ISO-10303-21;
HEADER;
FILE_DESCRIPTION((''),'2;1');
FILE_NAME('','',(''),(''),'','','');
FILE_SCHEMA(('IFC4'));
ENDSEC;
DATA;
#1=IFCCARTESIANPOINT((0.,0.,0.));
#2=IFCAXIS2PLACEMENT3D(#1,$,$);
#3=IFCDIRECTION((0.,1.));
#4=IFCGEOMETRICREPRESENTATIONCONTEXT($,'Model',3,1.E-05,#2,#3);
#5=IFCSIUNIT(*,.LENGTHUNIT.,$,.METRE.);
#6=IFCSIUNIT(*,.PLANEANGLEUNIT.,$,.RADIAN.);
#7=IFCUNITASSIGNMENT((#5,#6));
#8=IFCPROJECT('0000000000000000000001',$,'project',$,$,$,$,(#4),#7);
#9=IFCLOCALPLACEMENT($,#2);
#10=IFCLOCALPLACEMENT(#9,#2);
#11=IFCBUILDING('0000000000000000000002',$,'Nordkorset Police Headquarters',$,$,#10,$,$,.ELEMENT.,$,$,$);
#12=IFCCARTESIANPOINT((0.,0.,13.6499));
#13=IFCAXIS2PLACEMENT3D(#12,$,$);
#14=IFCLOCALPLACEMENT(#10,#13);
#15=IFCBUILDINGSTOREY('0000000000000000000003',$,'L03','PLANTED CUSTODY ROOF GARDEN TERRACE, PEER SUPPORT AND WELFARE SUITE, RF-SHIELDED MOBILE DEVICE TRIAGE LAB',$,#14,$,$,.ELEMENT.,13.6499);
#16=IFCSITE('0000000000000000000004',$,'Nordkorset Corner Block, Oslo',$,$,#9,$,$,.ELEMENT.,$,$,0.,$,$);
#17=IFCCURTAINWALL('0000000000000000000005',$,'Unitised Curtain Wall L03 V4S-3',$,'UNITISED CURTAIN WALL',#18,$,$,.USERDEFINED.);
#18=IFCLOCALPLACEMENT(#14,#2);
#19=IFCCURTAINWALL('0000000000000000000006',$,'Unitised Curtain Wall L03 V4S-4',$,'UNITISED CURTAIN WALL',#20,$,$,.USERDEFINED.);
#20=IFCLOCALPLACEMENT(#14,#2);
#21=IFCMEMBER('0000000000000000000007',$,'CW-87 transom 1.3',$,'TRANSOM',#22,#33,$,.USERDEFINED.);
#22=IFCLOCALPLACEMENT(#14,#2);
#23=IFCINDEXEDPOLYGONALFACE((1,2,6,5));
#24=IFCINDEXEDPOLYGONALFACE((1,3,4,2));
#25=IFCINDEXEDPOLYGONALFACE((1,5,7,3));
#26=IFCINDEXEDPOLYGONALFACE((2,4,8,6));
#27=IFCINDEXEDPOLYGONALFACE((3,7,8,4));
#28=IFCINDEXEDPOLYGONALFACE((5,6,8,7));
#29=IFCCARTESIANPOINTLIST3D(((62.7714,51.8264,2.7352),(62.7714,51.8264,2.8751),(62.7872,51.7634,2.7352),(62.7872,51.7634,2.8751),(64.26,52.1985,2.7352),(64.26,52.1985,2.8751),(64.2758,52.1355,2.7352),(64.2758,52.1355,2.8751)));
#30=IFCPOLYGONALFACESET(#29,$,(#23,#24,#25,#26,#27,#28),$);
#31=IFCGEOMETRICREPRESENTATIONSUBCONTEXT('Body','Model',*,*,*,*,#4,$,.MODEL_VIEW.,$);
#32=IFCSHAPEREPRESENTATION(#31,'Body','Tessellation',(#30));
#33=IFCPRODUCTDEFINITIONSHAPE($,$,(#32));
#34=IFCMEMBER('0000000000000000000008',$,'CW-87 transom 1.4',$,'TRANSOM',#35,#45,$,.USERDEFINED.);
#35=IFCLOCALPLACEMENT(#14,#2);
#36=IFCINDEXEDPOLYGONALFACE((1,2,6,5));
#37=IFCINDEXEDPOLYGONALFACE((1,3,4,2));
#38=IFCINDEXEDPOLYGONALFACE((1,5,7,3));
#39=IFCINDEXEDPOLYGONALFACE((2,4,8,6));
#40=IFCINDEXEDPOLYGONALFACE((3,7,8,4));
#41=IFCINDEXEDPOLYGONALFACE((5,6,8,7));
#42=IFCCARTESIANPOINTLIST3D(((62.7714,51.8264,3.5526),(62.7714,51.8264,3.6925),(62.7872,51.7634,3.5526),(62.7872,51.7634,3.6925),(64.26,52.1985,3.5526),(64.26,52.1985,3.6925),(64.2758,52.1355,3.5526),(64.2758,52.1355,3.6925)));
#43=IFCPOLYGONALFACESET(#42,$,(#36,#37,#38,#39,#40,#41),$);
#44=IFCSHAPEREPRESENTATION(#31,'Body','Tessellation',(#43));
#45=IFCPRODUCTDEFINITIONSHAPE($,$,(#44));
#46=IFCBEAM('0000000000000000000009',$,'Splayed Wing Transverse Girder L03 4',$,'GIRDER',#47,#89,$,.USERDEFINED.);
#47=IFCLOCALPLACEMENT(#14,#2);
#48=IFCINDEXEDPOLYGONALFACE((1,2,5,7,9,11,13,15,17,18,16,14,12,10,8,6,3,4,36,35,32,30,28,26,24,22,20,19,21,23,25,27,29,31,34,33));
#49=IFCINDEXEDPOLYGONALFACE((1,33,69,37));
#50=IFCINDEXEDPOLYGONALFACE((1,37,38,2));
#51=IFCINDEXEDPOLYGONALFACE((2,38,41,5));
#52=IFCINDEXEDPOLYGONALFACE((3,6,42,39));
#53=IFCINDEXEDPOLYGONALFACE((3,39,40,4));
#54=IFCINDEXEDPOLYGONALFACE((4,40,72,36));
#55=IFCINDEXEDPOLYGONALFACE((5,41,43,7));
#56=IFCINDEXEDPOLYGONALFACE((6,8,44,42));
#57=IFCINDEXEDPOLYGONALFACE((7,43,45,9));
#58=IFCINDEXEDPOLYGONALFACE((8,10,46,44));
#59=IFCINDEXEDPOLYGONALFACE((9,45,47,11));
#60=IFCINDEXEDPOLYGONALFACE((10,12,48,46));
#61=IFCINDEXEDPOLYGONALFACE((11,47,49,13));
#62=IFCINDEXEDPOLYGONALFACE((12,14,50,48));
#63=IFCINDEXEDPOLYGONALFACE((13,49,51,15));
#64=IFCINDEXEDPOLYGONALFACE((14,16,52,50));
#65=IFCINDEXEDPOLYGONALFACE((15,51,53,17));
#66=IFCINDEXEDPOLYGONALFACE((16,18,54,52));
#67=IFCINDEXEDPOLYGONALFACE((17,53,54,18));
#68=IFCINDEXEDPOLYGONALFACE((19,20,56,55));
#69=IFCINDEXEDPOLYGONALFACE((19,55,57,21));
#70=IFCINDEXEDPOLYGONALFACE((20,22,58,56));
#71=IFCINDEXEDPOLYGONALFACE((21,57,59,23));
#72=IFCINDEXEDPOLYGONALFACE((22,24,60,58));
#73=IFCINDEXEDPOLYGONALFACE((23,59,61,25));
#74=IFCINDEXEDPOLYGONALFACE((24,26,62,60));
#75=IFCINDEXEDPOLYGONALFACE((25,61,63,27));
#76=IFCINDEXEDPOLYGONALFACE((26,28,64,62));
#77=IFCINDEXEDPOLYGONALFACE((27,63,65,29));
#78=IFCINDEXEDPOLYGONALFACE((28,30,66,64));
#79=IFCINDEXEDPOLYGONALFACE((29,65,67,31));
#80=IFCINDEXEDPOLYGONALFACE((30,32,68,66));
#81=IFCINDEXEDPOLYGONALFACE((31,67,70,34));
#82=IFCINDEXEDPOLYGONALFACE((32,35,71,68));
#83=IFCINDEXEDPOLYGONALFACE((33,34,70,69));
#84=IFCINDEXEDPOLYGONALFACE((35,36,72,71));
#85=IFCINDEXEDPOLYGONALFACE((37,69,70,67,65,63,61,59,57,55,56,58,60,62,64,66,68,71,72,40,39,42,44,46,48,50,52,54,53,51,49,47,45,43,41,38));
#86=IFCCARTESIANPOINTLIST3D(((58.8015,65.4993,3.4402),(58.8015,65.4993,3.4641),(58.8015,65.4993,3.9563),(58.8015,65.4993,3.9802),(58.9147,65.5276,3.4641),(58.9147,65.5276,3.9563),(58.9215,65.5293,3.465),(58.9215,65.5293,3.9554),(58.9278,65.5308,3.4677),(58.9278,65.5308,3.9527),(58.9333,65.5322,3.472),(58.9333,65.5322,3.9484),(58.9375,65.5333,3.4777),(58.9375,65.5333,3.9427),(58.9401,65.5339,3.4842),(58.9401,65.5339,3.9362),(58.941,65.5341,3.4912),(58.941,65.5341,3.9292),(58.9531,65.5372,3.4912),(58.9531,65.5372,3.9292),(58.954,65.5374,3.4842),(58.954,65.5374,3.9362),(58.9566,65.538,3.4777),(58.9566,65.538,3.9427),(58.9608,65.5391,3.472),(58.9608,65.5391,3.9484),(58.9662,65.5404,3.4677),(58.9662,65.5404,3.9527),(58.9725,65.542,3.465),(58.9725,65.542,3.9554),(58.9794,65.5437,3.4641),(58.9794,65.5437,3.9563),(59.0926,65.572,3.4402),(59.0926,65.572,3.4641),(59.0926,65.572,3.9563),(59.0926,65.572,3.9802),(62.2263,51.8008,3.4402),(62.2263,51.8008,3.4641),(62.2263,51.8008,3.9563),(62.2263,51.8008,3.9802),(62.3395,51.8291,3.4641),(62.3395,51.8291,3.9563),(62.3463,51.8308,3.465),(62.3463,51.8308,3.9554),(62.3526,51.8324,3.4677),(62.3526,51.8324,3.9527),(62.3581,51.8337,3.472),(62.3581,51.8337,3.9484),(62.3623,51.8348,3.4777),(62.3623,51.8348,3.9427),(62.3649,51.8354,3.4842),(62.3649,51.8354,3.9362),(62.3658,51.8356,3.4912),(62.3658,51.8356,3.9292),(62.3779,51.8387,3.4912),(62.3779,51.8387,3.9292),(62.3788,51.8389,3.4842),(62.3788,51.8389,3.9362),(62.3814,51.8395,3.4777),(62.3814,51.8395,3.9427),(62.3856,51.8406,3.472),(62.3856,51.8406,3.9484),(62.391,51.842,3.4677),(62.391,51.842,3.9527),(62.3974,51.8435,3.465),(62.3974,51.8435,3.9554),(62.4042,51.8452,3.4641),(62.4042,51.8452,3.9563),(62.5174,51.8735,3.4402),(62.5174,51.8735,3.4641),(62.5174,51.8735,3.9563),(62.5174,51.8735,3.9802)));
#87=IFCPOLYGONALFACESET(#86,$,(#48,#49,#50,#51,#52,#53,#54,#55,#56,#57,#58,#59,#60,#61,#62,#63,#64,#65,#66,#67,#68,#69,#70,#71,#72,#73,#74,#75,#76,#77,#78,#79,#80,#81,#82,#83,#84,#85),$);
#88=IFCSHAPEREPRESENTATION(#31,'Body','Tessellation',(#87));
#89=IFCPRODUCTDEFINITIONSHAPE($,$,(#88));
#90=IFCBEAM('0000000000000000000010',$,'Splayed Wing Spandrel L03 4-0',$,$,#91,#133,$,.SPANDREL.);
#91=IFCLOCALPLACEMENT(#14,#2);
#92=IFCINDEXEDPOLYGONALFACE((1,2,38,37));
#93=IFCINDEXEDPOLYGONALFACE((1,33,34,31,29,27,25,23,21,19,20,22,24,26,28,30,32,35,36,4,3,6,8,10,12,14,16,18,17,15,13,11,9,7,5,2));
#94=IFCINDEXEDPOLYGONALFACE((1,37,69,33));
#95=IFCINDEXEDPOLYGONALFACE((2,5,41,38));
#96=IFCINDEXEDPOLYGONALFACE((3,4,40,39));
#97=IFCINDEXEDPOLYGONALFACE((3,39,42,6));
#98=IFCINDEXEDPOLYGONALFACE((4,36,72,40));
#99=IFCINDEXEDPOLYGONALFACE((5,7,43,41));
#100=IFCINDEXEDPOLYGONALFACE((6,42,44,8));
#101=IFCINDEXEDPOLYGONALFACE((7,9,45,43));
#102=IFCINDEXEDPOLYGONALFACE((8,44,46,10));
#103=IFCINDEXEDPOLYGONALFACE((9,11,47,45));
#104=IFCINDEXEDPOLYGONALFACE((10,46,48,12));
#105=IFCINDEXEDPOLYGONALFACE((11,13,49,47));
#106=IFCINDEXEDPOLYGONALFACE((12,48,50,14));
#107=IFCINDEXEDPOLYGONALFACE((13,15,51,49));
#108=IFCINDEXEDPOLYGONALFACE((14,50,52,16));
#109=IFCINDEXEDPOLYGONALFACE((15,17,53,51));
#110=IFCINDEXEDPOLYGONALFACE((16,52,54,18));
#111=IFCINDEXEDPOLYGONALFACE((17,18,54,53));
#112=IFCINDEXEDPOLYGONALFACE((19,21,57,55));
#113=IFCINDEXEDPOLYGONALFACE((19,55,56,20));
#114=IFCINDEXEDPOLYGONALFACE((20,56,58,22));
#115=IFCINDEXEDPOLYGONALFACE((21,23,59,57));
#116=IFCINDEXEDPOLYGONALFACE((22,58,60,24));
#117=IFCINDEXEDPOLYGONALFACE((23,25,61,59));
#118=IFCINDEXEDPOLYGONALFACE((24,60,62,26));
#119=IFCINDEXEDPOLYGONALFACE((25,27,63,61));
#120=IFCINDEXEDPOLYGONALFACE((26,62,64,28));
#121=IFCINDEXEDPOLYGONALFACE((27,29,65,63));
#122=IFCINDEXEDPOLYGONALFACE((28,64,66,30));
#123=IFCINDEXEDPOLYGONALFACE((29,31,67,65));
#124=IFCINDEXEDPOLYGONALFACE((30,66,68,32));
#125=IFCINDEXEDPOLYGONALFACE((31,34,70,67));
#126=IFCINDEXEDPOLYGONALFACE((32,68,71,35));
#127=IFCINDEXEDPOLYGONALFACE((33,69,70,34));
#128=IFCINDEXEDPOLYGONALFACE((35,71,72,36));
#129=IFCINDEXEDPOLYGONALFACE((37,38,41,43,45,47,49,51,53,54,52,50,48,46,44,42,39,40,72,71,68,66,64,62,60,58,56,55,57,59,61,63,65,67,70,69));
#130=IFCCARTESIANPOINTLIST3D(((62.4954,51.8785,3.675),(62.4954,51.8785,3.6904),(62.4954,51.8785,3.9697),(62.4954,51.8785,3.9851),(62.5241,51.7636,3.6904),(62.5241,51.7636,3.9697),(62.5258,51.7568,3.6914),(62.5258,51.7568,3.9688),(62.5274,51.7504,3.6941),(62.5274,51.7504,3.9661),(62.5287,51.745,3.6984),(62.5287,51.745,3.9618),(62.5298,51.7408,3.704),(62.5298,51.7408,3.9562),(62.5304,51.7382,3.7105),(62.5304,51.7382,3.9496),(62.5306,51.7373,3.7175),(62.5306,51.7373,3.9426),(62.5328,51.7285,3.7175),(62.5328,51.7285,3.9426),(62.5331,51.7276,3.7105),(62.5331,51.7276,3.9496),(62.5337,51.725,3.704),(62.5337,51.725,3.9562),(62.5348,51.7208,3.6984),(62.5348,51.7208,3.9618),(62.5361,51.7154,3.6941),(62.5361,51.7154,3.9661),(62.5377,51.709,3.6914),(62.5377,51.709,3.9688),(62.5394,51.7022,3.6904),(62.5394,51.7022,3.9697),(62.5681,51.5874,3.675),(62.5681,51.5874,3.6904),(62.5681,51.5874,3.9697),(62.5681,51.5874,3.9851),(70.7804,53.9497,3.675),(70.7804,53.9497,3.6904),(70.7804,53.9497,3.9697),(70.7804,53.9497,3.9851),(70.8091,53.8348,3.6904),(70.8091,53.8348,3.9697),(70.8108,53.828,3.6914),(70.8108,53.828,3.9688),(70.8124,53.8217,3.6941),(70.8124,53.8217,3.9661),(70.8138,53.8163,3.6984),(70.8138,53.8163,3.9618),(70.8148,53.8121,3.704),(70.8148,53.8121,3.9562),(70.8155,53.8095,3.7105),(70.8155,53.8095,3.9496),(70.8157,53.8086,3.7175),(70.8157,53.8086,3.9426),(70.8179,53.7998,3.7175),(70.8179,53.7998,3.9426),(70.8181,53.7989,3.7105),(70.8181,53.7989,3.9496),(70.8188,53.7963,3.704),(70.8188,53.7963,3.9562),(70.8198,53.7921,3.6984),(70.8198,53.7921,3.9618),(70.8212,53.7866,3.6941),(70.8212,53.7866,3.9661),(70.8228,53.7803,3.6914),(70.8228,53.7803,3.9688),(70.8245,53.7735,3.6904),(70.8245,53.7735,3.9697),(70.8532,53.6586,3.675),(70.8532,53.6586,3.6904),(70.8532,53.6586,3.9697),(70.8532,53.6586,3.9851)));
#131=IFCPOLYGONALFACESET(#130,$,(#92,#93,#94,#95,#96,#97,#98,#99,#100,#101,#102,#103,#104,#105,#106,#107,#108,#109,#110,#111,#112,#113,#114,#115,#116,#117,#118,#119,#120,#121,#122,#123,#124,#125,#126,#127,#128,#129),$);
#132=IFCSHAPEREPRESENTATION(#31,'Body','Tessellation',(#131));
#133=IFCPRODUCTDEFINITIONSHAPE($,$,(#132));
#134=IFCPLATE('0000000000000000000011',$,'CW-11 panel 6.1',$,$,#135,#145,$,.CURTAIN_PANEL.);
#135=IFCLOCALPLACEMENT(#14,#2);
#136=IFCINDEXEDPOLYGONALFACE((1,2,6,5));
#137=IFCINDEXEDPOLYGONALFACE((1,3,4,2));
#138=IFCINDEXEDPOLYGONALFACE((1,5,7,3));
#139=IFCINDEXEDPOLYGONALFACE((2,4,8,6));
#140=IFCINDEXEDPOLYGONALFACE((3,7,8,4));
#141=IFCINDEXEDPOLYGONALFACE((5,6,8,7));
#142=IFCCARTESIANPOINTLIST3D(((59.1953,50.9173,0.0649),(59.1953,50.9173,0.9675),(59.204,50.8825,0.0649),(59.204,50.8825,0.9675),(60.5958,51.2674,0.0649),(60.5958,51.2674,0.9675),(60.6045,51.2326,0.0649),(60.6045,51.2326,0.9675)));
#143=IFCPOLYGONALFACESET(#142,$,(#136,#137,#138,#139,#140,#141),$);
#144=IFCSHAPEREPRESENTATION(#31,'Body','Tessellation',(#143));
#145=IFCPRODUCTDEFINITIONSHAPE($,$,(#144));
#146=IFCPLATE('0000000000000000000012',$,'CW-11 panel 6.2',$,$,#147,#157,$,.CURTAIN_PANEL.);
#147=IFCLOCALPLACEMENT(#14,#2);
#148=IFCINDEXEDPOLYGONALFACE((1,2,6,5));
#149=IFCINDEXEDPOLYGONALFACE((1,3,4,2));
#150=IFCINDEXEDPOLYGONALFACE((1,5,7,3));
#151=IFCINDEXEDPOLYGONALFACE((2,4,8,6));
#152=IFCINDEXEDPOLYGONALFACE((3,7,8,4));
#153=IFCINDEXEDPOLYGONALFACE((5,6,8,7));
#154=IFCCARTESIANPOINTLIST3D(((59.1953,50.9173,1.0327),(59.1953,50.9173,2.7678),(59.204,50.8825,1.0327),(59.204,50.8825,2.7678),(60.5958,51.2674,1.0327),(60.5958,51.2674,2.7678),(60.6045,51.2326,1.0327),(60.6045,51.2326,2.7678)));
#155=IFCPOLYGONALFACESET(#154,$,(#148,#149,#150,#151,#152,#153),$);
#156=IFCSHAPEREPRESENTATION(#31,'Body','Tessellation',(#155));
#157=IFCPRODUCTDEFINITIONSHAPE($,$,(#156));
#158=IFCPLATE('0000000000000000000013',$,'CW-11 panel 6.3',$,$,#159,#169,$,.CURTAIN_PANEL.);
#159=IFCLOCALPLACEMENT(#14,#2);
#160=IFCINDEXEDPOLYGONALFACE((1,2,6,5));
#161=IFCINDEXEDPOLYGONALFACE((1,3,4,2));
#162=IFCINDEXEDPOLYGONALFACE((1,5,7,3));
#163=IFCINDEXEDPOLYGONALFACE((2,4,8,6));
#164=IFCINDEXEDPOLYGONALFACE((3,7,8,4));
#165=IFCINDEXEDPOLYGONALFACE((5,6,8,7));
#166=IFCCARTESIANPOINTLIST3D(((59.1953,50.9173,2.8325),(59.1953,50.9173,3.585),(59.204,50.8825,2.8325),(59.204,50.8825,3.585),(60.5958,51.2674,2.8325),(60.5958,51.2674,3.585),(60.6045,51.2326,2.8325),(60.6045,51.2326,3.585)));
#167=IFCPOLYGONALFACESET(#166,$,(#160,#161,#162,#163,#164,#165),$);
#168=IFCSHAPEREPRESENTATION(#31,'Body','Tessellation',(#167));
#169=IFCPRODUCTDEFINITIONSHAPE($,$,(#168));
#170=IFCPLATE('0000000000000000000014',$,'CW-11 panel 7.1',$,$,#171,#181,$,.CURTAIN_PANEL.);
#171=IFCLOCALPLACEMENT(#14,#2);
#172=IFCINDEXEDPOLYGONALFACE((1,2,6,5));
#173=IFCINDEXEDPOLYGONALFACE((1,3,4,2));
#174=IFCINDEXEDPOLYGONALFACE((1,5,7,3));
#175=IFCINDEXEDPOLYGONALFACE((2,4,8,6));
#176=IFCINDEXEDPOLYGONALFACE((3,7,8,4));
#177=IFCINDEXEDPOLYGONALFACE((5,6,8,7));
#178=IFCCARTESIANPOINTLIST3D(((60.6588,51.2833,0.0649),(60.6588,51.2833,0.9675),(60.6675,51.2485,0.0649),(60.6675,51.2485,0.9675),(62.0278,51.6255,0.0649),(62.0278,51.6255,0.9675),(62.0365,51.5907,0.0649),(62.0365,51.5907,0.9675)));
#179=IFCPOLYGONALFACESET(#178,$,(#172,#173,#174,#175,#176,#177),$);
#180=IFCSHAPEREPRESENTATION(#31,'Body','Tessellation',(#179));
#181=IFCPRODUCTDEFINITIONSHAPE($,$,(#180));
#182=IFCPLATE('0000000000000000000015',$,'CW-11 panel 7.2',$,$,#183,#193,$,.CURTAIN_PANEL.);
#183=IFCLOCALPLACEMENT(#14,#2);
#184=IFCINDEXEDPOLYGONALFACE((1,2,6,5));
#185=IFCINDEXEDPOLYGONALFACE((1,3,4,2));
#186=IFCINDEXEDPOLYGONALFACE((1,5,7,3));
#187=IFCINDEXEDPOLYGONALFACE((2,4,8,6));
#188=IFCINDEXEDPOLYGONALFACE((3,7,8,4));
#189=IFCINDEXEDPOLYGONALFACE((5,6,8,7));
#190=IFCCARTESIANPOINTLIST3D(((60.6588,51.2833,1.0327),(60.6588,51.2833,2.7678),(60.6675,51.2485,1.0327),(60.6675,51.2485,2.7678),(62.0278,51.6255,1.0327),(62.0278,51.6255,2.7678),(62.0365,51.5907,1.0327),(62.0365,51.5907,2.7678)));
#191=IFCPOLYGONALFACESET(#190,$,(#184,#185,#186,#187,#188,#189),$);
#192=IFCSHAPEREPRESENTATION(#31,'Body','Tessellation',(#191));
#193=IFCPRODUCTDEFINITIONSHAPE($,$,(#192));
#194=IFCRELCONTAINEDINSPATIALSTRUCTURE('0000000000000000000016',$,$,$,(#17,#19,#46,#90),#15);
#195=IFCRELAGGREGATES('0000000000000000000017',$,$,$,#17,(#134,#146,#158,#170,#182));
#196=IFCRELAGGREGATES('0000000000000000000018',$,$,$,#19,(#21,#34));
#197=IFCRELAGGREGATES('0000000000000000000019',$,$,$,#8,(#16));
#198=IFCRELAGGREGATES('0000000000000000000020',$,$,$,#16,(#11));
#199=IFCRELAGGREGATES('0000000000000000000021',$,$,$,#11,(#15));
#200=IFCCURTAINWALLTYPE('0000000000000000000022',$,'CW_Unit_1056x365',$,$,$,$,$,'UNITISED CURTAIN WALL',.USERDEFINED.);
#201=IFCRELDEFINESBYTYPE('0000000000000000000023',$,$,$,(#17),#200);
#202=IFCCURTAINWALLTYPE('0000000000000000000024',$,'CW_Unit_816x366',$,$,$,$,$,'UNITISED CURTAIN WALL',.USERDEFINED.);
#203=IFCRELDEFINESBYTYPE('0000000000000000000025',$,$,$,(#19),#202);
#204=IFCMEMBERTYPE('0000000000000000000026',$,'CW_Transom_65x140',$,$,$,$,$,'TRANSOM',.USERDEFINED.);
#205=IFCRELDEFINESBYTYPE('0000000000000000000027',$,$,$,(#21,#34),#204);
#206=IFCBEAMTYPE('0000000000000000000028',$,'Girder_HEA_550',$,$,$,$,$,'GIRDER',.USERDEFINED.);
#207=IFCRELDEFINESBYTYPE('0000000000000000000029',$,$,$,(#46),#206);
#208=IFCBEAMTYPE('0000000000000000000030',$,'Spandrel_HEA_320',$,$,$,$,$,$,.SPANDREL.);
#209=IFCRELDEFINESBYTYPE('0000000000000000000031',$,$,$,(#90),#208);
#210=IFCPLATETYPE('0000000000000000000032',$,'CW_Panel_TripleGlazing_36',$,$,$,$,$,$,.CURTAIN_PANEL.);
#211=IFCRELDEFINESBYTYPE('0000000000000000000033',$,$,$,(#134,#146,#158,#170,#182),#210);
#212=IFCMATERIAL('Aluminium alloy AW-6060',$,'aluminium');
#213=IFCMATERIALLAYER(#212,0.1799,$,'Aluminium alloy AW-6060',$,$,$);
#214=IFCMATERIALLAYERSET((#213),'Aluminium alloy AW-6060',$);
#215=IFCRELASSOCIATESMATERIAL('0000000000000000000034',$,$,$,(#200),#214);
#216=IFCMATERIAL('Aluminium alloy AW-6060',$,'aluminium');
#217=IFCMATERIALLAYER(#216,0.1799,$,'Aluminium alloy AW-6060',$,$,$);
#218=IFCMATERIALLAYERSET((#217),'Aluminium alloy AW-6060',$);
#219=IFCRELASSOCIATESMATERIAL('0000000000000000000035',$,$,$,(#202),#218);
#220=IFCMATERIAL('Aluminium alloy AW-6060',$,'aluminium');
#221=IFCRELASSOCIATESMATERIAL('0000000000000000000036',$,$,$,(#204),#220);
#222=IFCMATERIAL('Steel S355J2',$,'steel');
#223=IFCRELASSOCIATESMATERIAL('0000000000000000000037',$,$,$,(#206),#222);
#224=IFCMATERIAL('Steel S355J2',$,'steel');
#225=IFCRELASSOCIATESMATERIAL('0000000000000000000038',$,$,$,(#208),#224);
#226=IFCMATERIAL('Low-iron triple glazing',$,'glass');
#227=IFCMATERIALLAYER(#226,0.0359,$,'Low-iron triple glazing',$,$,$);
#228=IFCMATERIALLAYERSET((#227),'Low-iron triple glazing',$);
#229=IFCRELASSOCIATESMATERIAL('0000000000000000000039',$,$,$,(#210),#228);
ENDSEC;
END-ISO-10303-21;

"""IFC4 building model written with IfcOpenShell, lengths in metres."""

from ifc_helpers import new_model, si_unit, direction, frame, origin, origin_2d, place, context, subcontext, project, spatial, rectangle, i_section, extrude, material, layer, layer_set, material_profile, profile_set, type_object, element, aggregate, save


model = new_model("IFC4")

# Units and contexts
model_context = context("Model", 3, precision=1e-05, world=origin(), true_north=direction((0.0, 1.0)))
body_context = subcontext(model_context, "Body", "Model", "MODEL_VIEW")
ifc_project = project(units=[si_unit("LENGTHUNIT", "METRE"), si_unit("PLANEANGLEUNIT", "RADIAN")], contexts=[model_context])

# Site, building, storey
site_placement = place(None, origin())
site = spatial("IfcSite", under=ifc_project, at=site_placement, Name="Nordkorset Corner Block, Oslo", CompositionType="ELEMENT", RefElevation=0.0)
building_placement = place(site_placement, origin())
building = spatial("IfcBuilding", under=site, at=building_placement, Name="Nordkorset Police Headquarters", CompositionType="ELEMENT")
storey_placement = place(building_placement, frame((0.0, 0.0, 13.6499)))
storey = spatial("IfcBuildingStorey", under=building, at=storey_placement, Name="L03", Description="PLANTED CUSTODY ROOF GARDEN TERRACE, PEER SUPPORT AND WELFARE SUITE, RF-SHIELDED MOBILE DEVICE TRIAGE LAB", CompositionType="ELEMENT", Elevation=13.6499)

# Curtain wall
ifc_material_1 = material(Name="Aluminium alloy AW-6060", Category="aluminium")
ifc_layer_1 = layer(ifc_material_1, 0.1799, Name="Aluminium alloy AW-6060")
ifc_layer_set_1 = layer_set([ifc_layer_1], Name="Aluminium alloy AW-6060")
curtain_wall_type_1 = type_object("IfcCurtainWallType", Name="CW_Unit_1056x365", ElementType="UNITISED CURTAIN WALL", PredefinedType="USERDEFINED", material=ifc_layer_set_1)
curtain_wall_1_placement = place(storey_placement, origin())
curtain_wall_1 = element("IfcCurtainWall", 1, at=curtain_wall_1_placement, inside=storey, type_object=curtain_wall_type_1, Name="Unitised Curtain Wall L03 V4S-3", ObjectType="UNITISED CURTAIN WALL", PredefinedType="USERDEFINED")

# Curtain wall
ifc_material_2 = material(Name="Aluminium alloy AW-6060", Category="aluminium")
ifc_layer_2 = layer(ifc_material_2, 0.1799, Name="Aluminium alloy AW-6060")
ifc_layer_set_2 = layer_set([ifc_layer_2], Name="Aluminium alloy AW-6060")
curtain_wall_type_2 = type_object("IfcCurtainWallType", Name="CW_Unit_816x366", ElementType="UNITISED CURTAIN WALL", PredefinedType="USERDEFINED", material=ifc_layer_set_2)
curtain_wall_2_placement = place(storey_placement, origin())
curtain_wall_2 = element("IfcCurtainWall", 2, at=curtain_wall_2_placement, inside=storey, type_object=curtain_wall_type_2, Name="Unitised Curtain Wall L03 V4S-4", ObjectType="UNITISED CURTAIN WALL", PredefinedType="USERDEFINED")

# Members
ifc_material_3 = material(Name="Aluminium alloy AW-6060", Category="aluminium")
ifc_material_profile_1 = material_profile(ifc_material_3, rectangle(XDim=0.0649, YDim=0.1399, at=origin_2d()), Name="ALU TRAN 65x140")
ifc_profile_set_1 = profile_set([ifc_material_profile_1], Name="Aluminium alloy AW-6060")
member_type_1 = type_object("IfcMemberType", Name="CW_Transom_65x140", ElementType="TRANSOM", PredefinedType="USERDEFINED", material=ifc_profile_set_1)
member_1_placement = place(storey_placement, frame((62.7793, 51.7949, 2.8052), z_axis=(0.970152, 0.242498, 0.0), x_axis=(-0.242498, 0.970152, 0.0)))
member_1 = element("IfcMember", 3, at=member_1_placement, type_object=member_type_1, Name="CW-87 transom 1.3", ObjectType="TRANSOM", PredefinedType="USERDEFINED", context=body_context, shape_type="SweptSolid", body=[
    extrude(rectangle(XDim=0.0649, YDim=0.1399, at=origin_2d()), origin(), (0.0, 0.0, 1.0), 1.5344),
])
member_2_placement = place(storey_placement, frame((62.7793, 51.7949, 3.6226), z_axis=(0.970152, 0.242498, 0.0), x_axis=(-0.242498, 0.970152, 0.0)))
member_2 = element("IfcMember", 4, at=member_2_placement, type_object=member_type_1, Name="CW-87 transom 1.4", ObjectType="TRANSOM", PredefinedType="USERDEFINED", context=body_context, shape_type="SweptSolid", body=[
    extrude(rectangle(XDim=0.0649, YDim=0.1399, at=origin_2d()), origin(), (0.0, 0.0, 1.0), 1.5344),
])

# Beams
ifc_material_4 = material(Name="Steel S355J2", Category="steel")
ifc_material_profile_2 = material_profile(ifc_material_4, i_section(OverallWidth=0.3, OverallDepth=0.54, WebThickness=0.0125, FlangeThickness=0.0239, FilletRadius=0.0271, at=origin_2d()), Name="HEA 550")
ifc_profile_set_2 = profile_set([ifc_material_profile_2], Name="Steel S355J2")
beam_type_1 = type_object("IfcBeamType", Name="Girder_HEA_550", ElementType="GIRDER", PredefinedType="USERDEFINED", material=ifc_profile_set_2)
beam_1_placement = place(storey_placement, frame((62.3718, 51.8372, 3.7102), z_axis=(-0.242548, 0.970139, 0.0), x_axis=(-0.970139, -0.242548, 0.0)))
element("IfcBeam", 5, at=beam_1_placement, inside=storey, type_object=beam_type_1, Name="Splayed Wing Transverse Girder L03 4", ObjectType="GIRDER", PredefinedType="USERDEFINED", context=body_context, shape_type="SweptSolid", body=[
    extrude(i_section(OverallWidth=0.3, OverallDepth=0.54, WebThickness=0.0125, FlangeThickness=0.0239, FilletRadius=0.0271, at=origin_2d()), origin(), (0.0, 0.0, 1.0), 14.1201),
])
ifc_material_5 = material(Name="Steel S355J2", Category="steel")
ifc_material_profile_3 = material_profile(ifc_material_5, i_section(OverallWidth=0.3, OverallDepth=0.3101, WebThickness=0.009, FlangeThickness=0.0154, FilletRadius=0.0271, at=origin_2d()), Name="HEA 320")
ifc_profile_set_3 = profile_set([ifc_material_profile_3], Name="Steel S355J2")
beam_type_2 = type_object("IfcBeamType", Name="Spandrel_HEA_320", PredefinedType="SPANDREL", material=ifc_profile_set_3)
beam_2_placement = place(storey_placement, frame((62.5317, 51.7329, 3.8301), z_axis=(0.970143, 0.242536, 0.0), x_axis=(-0.242536, 0.970143, 0.0)))
element("IfcBeam", 6, at=beam_2_placement, inside=storey, type_object=beam_type_2, Name="Splayed Wing Spandrel L03 4-0", PredefinedType="SPANDREL", context=body_context, shape_type="SweptSolid", body=[
    extrude(i_section(OverallWidth=0.3, OverallDepth=0.3101, WebThickness=0.009, FlangeThickness=0.0154, FilletRadius=0.0271, at=origin_2d()), origin(), (0.0, 0.0, 1.0), 8.54),
])

# Plates
ifc_material_6 = material(Name="Low-iron triple glazing", Category="glass")
ifc_layer_3 = layer(ifc_material_6, 0.0359, Name="Low-iron triple glazing")
ifc_layer_set_3 = layer_set([ifc_layer_3], Name="Low-iron triple glazing")
plate_type = type_object("IfcPlateType", Name="CW_Panel_TripleGlazing_36", PredefinedType="CURTAIN_PANEL", material=ifc_layer_set_3)
plate_1_placement = place(storey_placement, frame((59.8999, 51.075, 0.0649), z_axis=(0.0, 0.0, 1.0), x_axis=(0.970143, 0.242535, 0.0)))
plate_1 = element("IfcPlate", 7, at=plate_1_placement, type_object=plate_type, Name="CW-11 panel 6.1", PredefinedType="CURTAIN_PANEL", context=body_context, shape_type="SweptSolid", body=[
    extrude(rectangle(XDim=1.4436, YDim=0.0359, at=origin_2d()), origin(), (0.0, 0.0, 1.0), 0.9026),
])
plate_2_placement = place(storey_placement, frame((59.8999, 51.075, 1.0327), z_axis=(0.0, 0.0, 1.0), x_axis=(0.970143, 0.242535, 0.0)))
plate_2 = element("IfcPlate", 8, at=plate_2_placement, type_object=plate_type, Name="CW-11 panel 6.2", PredefinedType="CURTAIN_PANEL", context=body_context, shape_type="SweptSolid", body=[
    extrude(rectangle(XDim=1.4436, YDim=0.0359, at=origin_2d()), origin(), (0.0, 0.0, 1.0), 1.7351),
])
plate_3_placement = place(storey_placement, frame((59.8999, 51.075, 2.8325), z_axis=(0.0, 0.0, 1.0), x_axis=(0.970143, 0.242535, 0.0)))
plate_3 = element("IfcPlate", 9, at=plate_3_placement, type_object=plate_type, Name="CW-11 panel 6.3", PredefinedType="CURTAIN_PANEL", context=body_context, shape_type="SweptSolid", body=[
    extrude(rectangle(XDim=1.4436, YDim=0.0359, at=origin_2d()), origin(), (0.0, 0.0, 1.0), 0.7524),
])
plate_4_placement = place(storey_placement, frame((61.3477, 51.437, 0.0649), z_axis=(0.0, 0.0, 1.0), x_axis=(0.970143, 0.242535, 0.0)))
plate_4 = element("IfcPlate", 10, at=plate_4_placement, type_object=plate_type, Name="CW-11 panel 7.1", PredefinedType="CURTAIN_PANEL", context=body_context, shape_type="SweptSolid", body=[
    extrude(rectangle(XDim=1.4111, YDim=0.0359, at=origin_2d()), origin(), (0.0, 0.0, 1.0), 0.9026),
])
plate_5_placement = place(storey_placement, frame((61.3477, 51.437, 1.0327), z_axis=(0.0, 0.0, 1.0), x_axis=(0.970143, 0.242535, 0.0)))
plate_5 = element("IfcPlate", 11, at=plate_5_placement, type_object=plate_type, Name="CW-11 panel 7.2", PredefinedType="CURTAIN_PANEL", context=body_context, shape_type="SweptSolid", body=[
    extrude(rectangle(XDim=1.4111, YDim=0.0359, at=origin_2d()), origin(), (0.0, 0.0, 1.0), 1.7351),
])
aggregate(curtain_wall_1, [plate_1, plate_2, plate_3, plate_4, plate_5])
aggregate(curtain_wall_2, [member_1, member_2])

save(model, "model.ifc")
